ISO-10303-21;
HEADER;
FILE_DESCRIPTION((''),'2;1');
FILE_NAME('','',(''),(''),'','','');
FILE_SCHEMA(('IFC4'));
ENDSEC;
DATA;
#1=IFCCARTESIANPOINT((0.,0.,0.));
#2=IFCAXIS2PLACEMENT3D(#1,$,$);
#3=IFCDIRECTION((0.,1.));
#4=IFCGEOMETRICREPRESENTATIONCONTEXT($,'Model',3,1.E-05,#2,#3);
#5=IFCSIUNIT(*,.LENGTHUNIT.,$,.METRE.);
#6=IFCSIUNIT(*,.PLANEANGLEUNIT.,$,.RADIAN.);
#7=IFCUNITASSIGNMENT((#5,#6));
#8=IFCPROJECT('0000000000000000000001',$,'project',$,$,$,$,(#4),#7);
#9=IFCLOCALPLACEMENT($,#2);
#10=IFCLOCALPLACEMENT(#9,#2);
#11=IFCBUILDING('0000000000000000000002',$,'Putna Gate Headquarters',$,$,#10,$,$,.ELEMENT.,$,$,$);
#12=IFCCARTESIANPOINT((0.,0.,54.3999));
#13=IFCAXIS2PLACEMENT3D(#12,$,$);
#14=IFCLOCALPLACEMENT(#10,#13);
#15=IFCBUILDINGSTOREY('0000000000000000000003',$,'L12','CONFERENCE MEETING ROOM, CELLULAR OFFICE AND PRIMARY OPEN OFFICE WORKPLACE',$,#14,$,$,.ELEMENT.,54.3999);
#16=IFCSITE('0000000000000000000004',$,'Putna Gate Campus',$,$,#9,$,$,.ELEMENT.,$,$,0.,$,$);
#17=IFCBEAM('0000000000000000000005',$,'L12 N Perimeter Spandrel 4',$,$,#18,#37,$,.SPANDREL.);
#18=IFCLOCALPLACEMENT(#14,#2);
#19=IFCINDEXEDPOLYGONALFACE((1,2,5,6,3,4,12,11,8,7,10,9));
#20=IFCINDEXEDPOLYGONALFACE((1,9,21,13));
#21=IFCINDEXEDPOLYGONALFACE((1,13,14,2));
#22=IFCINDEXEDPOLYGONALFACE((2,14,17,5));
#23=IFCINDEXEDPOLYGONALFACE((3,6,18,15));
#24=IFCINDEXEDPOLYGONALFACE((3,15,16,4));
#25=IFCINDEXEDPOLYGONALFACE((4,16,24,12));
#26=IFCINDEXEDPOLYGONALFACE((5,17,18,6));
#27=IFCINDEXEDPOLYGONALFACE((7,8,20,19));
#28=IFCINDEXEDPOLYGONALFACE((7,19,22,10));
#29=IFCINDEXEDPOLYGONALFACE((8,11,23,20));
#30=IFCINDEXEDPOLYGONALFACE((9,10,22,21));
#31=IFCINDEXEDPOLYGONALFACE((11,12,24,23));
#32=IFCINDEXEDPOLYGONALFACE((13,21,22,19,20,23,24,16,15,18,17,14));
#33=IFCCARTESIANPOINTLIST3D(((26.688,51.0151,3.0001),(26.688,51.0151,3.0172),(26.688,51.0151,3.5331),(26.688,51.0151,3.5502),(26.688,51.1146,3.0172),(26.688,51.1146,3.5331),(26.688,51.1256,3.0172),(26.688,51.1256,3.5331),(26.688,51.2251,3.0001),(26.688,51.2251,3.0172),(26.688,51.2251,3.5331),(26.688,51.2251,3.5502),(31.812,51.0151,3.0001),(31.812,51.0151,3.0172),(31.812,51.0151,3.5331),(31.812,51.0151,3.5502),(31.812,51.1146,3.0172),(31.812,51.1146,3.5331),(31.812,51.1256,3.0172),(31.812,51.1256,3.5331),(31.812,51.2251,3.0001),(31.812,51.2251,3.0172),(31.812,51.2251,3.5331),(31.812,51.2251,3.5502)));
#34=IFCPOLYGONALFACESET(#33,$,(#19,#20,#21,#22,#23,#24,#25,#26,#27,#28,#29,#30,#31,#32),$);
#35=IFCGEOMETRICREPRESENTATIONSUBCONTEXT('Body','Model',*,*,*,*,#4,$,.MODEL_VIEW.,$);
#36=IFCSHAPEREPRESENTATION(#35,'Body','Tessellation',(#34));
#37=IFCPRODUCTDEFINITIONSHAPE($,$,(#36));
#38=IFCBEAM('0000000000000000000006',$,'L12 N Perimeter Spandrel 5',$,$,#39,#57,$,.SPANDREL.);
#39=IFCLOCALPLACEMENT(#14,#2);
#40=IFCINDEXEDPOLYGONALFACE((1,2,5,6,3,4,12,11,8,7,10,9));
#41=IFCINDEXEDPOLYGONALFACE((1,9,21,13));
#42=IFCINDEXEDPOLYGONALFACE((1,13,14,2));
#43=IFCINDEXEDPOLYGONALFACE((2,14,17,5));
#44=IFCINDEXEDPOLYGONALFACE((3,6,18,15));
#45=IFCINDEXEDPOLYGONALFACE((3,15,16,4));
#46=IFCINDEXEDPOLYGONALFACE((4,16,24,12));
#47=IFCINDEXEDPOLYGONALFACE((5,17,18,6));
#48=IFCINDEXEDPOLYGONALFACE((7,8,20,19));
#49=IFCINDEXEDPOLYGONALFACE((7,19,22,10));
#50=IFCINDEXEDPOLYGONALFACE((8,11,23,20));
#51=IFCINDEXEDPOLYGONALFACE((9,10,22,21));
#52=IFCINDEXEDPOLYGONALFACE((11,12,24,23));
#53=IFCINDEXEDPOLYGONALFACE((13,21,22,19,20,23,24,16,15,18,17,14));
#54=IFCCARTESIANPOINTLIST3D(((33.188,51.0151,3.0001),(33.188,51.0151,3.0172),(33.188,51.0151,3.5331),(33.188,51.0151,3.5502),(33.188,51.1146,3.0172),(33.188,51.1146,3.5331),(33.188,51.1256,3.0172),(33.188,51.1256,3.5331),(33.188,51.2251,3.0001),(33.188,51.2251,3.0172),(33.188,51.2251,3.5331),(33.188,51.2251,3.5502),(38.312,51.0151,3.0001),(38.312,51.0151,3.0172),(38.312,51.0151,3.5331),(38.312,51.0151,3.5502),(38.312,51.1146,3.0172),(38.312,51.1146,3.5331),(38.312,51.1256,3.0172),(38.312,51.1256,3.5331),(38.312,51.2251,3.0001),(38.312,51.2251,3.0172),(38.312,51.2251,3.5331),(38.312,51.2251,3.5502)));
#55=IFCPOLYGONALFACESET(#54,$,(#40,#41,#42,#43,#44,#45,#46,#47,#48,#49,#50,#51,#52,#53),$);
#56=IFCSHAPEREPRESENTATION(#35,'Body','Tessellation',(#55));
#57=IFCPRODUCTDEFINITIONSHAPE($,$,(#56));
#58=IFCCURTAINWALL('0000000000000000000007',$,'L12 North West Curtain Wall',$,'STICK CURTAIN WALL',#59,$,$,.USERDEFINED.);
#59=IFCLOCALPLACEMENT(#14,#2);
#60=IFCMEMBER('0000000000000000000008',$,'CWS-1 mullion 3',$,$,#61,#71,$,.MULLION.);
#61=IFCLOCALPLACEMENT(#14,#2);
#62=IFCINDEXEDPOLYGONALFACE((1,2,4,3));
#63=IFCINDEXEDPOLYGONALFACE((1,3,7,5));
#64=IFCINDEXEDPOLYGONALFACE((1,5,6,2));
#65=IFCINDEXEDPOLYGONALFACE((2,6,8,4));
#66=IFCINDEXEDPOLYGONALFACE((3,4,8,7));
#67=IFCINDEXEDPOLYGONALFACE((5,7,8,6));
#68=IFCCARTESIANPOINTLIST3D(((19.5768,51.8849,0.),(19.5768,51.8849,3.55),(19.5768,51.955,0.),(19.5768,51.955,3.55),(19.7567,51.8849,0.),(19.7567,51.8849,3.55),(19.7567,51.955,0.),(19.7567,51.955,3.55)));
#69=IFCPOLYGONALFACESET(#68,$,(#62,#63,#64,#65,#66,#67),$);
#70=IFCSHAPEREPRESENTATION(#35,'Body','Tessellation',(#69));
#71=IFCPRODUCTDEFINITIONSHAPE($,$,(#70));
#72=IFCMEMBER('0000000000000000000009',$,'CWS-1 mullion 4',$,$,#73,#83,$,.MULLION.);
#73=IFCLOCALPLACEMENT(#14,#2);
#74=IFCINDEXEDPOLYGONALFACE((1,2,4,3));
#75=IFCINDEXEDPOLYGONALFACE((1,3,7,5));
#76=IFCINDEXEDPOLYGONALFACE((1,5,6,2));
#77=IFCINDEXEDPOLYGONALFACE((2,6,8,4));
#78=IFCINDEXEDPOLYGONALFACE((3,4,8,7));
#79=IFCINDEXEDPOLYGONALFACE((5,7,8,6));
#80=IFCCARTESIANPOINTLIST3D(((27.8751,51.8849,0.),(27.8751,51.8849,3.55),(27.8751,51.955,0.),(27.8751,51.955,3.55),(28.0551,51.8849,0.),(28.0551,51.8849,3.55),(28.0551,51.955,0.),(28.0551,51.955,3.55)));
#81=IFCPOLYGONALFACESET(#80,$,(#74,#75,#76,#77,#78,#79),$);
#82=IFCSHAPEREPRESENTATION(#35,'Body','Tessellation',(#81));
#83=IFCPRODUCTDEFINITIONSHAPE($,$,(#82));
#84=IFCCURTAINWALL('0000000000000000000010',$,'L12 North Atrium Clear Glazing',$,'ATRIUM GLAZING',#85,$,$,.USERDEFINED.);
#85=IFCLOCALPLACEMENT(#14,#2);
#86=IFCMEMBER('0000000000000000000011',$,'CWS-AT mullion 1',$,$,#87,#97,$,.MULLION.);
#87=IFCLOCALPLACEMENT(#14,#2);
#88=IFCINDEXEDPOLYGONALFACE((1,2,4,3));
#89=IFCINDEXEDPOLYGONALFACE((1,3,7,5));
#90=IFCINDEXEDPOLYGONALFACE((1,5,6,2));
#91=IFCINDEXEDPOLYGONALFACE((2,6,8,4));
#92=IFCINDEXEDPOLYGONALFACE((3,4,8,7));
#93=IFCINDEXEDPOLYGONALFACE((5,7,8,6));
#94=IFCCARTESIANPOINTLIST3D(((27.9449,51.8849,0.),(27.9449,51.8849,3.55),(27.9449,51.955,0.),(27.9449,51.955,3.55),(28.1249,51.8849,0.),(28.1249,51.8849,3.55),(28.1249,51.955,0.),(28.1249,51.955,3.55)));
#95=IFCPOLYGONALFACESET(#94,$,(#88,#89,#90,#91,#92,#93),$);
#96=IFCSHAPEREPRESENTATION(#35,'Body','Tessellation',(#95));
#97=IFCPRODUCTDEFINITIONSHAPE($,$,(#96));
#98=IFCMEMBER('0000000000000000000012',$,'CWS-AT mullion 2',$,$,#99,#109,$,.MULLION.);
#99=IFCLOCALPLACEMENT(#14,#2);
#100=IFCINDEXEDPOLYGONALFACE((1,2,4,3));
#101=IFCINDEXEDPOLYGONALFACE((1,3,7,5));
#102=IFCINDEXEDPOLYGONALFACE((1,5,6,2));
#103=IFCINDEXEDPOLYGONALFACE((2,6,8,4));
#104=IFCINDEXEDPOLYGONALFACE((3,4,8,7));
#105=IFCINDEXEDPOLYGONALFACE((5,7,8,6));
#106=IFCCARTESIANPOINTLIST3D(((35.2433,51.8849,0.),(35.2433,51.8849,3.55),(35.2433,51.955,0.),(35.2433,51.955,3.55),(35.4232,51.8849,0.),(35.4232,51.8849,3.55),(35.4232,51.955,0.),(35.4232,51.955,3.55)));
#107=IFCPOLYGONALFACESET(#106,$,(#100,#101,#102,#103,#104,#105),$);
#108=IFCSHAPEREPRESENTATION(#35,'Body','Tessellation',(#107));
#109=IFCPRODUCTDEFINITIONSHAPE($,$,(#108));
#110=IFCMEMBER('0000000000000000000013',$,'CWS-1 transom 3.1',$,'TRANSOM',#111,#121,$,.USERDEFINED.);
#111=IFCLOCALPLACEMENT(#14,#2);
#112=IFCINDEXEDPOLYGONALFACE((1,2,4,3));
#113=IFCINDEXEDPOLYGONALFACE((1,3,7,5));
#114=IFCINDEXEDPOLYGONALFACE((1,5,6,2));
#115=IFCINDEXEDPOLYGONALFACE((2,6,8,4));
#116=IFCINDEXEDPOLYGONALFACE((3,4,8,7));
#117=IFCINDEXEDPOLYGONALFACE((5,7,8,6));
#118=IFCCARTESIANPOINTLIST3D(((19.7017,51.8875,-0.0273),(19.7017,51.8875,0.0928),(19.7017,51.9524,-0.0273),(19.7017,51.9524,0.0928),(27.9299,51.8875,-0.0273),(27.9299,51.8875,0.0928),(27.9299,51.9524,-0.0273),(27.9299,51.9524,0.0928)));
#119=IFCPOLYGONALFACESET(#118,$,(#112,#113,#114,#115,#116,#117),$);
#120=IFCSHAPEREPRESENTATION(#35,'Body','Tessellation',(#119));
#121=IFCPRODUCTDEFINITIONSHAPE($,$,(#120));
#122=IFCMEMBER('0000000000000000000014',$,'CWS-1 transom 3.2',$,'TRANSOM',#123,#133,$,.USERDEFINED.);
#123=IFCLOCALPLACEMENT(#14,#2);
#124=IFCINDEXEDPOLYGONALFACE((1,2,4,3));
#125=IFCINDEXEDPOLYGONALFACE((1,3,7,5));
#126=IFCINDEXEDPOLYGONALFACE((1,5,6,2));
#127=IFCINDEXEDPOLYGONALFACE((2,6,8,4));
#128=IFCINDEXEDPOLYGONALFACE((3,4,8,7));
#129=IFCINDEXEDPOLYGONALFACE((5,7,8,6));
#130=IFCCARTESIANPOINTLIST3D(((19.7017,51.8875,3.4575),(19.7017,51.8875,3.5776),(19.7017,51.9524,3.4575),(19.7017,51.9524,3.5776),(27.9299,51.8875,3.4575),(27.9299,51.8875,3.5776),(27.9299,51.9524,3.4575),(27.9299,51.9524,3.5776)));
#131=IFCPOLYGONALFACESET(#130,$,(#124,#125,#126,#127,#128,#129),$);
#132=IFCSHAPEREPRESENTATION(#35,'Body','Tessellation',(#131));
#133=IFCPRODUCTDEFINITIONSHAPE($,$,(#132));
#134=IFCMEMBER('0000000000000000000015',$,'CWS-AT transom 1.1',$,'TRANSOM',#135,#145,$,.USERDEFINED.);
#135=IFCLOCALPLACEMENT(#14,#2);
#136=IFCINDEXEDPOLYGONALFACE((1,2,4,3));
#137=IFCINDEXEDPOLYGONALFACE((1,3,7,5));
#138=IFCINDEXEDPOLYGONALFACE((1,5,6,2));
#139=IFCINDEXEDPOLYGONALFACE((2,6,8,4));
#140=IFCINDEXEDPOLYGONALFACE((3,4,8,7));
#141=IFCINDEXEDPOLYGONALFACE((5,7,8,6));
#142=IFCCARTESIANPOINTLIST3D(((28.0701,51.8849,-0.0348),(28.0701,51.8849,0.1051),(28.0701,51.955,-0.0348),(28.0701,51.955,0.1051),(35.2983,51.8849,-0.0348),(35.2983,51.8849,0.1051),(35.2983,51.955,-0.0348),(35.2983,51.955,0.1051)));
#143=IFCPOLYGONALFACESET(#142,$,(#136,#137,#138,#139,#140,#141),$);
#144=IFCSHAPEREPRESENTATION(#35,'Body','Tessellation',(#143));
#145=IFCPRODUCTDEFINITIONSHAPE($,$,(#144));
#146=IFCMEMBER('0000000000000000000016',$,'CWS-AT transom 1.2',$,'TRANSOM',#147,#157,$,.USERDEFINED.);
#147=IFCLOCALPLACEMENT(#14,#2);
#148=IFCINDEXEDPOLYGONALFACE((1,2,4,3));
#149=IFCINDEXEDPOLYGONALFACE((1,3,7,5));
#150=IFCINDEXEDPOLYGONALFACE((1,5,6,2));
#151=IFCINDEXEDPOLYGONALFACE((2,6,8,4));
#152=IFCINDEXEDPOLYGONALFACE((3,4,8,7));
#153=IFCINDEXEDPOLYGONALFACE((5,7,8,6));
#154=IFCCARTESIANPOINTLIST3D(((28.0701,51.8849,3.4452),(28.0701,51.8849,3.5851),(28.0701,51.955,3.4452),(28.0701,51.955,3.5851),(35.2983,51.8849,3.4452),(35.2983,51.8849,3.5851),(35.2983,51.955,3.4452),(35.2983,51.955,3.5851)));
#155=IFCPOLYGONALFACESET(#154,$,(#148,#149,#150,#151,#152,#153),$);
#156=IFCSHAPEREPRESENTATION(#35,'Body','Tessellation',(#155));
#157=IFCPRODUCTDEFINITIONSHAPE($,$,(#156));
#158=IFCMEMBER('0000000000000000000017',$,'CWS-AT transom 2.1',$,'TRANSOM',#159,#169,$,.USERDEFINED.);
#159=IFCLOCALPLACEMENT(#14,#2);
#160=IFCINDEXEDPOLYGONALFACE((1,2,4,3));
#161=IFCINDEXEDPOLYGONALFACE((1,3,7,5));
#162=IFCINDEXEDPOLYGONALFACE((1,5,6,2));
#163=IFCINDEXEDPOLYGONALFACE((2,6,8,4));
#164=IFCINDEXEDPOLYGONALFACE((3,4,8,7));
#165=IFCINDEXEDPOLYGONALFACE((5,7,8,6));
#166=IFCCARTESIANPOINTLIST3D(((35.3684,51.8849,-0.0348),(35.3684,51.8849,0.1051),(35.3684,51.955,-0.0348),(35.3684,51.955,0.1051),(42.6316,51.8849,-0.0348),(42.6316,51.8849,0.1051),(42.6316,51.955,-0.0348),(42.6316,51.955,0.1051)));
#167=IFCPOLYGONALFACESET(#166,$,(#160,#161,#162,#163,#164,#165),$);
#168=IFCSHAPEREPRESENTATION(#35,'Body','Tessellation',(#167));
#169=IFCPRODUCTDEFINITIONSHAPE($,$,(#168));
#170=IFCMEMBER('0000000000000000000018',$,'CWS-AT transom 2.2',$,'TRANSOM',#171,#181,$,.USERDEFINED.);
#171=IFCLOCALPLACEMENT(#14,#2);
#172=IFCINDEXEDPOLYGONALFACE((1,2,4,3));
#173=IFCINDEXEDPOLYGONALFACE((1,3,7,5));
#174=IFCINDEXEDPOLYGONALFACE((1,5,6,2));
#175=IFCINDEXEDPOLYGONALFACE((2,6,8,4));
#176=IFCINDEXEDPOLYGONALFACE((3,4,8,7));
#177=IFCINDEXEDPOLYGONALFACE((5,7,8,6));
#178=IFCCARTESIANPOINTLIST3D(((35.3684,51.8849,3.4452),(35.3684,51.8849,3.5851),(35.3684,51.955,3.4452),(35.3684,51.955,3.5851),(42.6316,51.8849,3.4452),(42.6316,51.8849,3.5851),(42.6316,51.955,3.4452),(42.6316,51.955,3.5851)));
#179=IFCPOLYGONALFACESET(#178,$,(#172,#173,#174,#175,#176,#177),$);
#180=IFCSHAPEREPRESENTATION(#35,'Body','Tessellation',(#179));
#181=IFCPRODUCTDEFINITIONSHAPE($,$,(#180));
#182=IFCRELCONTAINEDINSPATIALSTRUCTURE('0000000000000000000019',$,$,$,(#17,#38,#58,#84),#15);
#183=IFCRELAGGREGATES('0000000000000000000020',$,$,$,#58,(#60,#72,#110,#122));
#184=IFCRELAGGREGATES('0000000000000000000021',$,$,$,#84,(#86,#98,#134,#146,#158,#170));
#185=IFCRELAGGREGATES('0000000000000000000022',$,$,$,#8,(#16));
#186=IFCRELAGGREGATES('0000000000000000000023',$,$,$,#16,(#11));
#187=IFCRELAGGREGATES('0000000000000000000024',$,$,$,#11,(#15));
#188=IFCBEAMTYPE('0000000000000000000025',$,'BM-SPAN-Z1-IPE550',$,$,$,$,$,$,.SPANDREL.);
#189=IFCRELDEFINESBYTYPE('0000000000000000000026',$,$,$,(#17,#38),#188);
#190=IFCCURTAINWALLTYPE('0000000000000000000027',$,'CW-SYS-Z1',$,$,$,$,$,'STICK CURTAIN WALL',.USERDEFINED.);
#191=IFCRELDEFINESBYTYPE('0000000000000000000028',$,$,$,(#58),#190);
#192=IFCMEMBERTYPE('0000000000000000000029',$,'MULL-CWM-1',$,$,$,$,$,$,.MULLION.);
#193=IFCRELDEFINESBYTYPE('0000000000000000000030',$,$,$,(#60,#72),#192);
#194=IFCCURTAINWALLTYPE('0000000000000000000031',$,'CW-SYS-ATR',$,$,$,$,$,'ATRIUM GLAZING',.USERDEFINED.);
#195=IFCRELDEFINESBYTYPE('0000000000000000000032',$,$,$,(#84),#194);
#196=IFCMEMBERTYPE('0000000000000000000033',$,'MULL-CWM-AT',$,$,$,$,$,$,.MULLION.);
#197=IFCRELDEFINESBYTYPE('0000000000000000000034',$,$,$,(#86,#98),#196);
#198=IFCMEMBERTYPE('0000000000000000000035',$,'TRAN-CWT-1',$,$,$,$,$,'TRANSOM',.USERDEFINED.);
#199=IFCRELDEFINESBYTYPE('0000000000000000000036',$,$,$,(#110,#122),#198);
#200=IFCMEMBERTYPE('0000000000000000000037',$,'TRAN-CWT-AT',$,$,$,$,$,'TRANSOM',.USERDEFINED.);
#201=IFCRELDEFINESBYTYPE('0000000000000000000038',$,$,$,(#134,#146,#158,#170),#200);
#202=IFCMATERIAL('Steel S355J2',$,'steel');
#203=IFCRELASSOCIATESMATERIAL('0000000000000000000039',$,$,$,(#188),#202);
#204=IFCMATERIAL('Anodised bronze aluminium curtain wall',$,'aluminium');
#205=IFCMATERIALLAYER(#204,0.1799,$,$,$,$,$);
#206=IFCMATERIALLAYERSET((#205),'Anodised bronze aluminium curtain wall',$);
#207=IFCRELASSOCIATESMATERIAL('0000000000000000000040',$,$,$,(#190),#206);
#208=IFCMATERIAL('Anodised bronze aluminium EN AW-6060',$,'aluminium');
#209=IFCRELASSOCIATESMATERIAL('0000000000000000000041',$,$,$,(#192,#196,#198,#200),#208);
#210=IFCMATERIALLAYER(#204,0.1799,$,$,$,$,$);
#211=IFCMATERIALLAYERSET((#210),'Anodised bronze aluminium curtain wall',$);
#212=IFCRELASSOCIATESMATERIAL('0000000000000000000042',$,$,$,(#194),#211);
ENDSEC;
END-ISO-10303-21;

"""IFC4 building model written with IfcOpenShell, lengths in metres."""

from ifc_helpers import new_model, si_unit, direction, frame, origin, origin_2d, place, context, subcontext, project, spatial, rectangle, i_section, extrude, material, layer, layer_set, material_profile, profile_set, type_object, element, aggregate, save


model = new_model("IFC4")

# Units and contexts
model_context = context("Model", 3, precision=1e-05, world=origin(), true_north=direction((0.0, 1.0)))
body_context = subcontext(model_context, "Body", "Model", "MODEL_VIEW")
ifc_project = project(units=[si_unit("LENGTHUNIT", "METRE"), si_unit("PLANEANGLEUNIT", "RADIAN")], contexts=[model_context])

# Site, building, storey
site_placement = place(None, origin())
site = spatial("IfcSite", under=ifc_project, at=site_placement, Name="Putna Gate Campus", CompositionType="ELEMENT", RefElevation=0.0)
building_placement = place(site_placement, origin())
building = spatial("IfcBuilding", under=site, at=building_placement, Name="Putna Gate Headquarters", CompositionType="ELEMENT")
storey_placement = place(building_placement, frame((0.0, 0.0, 54.3999)))
storey = spatial("IfcBuildingStorey", under=building, at=storey_placement, Name="L12", Description="CONFERENCE MEETING ROOM, CELLULAR OFFICE AND PRIMARY OPEN OFFICE WORKPLACE", CompositionType="ELEMENT", Elevation=54.3999)

# Beams
ifc_material_1 = material(Name="Steel S355J2", Category="steel")
ifc_material_profile_1 = material_profile(ifc_material_1, i_section(OverallWidth=0.21, OverallDepth=0.55, WebThickness=0.011, FlangeThickness=0.0171, at=origin_2d()), Name="Steel S355J2")
ifc_profile_set_1 = profile_set([ifc_material_profile_1], Name="Steel S355J2")
beam_type_1 = type_object("IfcBeamType", Name="BM-SPAN-Z1-IPE550", PredefinedType="SPANDREL", material=ifc_profile_set_1)
for number, where, z_axis, x_axis, name in (
    (1, (26.688, 51.1201, 3.2751), (1.0, 0.0, 0.0), (0.0, 1.0, 0.0), "L12 N Perimeter Spandrel 4"),
    (2, (33.188, 51.1201, 3.2751), (1.0, 0.0, 0.0), (0.0, 1.0, 0.0), "L12 N Perimeter Spandrel 5"),
):
    element("IfcBeam", number, at=place(storey_placement, frame(where, z_axis=z_axis, x_axis=x_axis)), inside=storey, type_object=beam_type_1, Name=name, PredefinedType="SPANDREL", context=body_context, shape_type="SweptSolid", body=[
        extrude(i_section(OverallWidth=0.21, OverallDepth=0.55, WebThickness=0.011, FlangeThickness=0.0171, at=origin_2d()), origin(), (0.0, 0.0, 1.0), 5.124),
    ])

# Curtain walls, members
ifc_material_2 = material(Name="Anodised bronze aluminium curtain wall", Category="aluminium")
ifc_layer_1 = layer(ifc_material_2, 0.1799)
ifc_layer_set_1 = layer_set([ifc_layer_1], Name="Anodised bronze aluminium curtain wall")
curtain_wall_type_1 = type_object("IfcCurtainWallType", Name="CW-SYS-Z1", ElementType="STICK CURTAIN WALL", PredefinedType="USERDEFINED", material=ifc_layer_set_1)
curtain_wall_1_placement = place(storey_placement, origin())
curtain_wall_1 = element("IfcCurtainWall", 3, at=curtain_wall_1_placement, inside=storey, type_object=curtain_wall_type_1, Name="L12 North West Curtain Wall", ObjectType="STICK CURTAIN WALL", PredefinedType="USERDEFINED")
ifc_material_3 = material(Name="Anodised bronze aluminium EN AW-6060", Category="aluminium")
ifc_material_profile_2 = material_profile(ifc_material_3, rectangle(XDim=0.0701, YDim=0.1799, at=origin_2d()), Name="Anodised bronze aluminium EN AW-6060")
ifc_profile_set_2 = profile_set([ifc_material_profile_2], Name="Anodised bronze aluminium EN AW-6060")
member_type_1 = type_object("IfcMemberType", Name="MULL-CWM-1", PredefinedType="MULLION", material=ifc_profile_set_2)
member_1_placement = place(storey_placement, frame((19.6667, 51.9199, 0.0), z_axis=(0.0, 0.0, 1.0), x_axis=(0.0, 1.0, 0.0)))
member_1 = element("IfcMember", 4, at=member_1_placement, type_object=member_type_1, Name="CWS-1 mullion 3", PredefinedType="MULLION", context=body_context, shape_type="SweptSolid", body=[
    extrude(rectangle(XDim=0.0701, YDim=0.1799, at=origin_2d()), origin(), (0.0, 0.0, 1.0), 3.55),
])
member_2_placement = place(storey_placement, frame((27.9651, 51.9199, 0.0), z_axis=(0.0, 0.0, 1.0), x_axis=(0.0, 1.0, 0.0)))
member_2 = element("IfcMember", 5, at=member_2_placement, type_object=member_type_1, Name="CWS-1 mullion 4", PredefinedType="MULLION", context=body_context, shape_type="SweptSolid", body=[
    extrude(rectangle(XDim=0.0701, YDim=0.1799, at=origin_2d()), origin(), (0.0, 0.0, 1.0), 3.55),
])
ifc_layer_2 = layer(ifc_material_2, 0.1799)
ifc_layer_set_2 = layer_set([ifc_layer_2], Name="Anodised bronze aluminium curtain wall")
curtain_wall_type_2 = type_object("IfcCurtainWallType", Name="CW-SYS-ATR", ElementType="ATRIUM GLAZING", PredefinedType="USERDEFINED", material=ifc_layer_set_2)
curtain_wall_2_placement = place(storey_placement, origin())
curtain_wall_2 = element("IfcCurtainWall", 6, at=curtain_wall_2_placement, inside=storey, type_object=curtain_wall_type_2, Name="L12 North Atrium Clear Glazing", ObjectType="ATRIUM GLAZING", PredefinedType="USERDEFINED")
ifc_material_profile_3 = material_profile(ifc_material_3, rectangle(XDim=0.0701, YDim=0.1799, at=origin_2d()), Name="Anodised bronze aluminium EN AW-6060")
ifc_profile_set_3 = profile_set([ifc_material_profile_3], Name="Anodised bronze aluminium EN AW-6060")
member_type_2 = type_object("IfcMemberType", Name="MULL-CWM-AT", PredefinedType="MULLION", material=ifc_profile_set_3)
member_3_placement = place(storey_placement, frame((28.0349, 51.9199, 0.0), z_axis=(0.0, 0.0, 1.0), x_axis=(0.0, 1.0, 0.0)))
member_3 = element("IfcMember", 7, at=member_3_placement, type_object=member_type_2, Name="CWS-AT mullion 1", PredefinedType="MULLION", context=body_context, shape_type="SweptSolid", body=[
    extrude(rectangle(XDim=0.0701, YDim=0.1799, at=origin_2d()), origin(), (0.0, 0.0, 1.0), 3.55),
])
member_4_placement = place(storey_placement, frame((35.3333, 51.9199, 0.0), z_axis=(0.0, 0.0, 1.0), x_axis=(0.0, 1.0, 0.0)))
member_4 = element("IfcMember", 8, at=member_4_placement, type_object=member_type_2, Name="CWS-AT mullion 2", PredefinedType="MULLION", context=body_context, shape_type="SweptSolid", body=[
    extrude(rectangle(XDim=0.0701, YDim=0.1799, at=origin_2d()), origin(), (0.0, 0.0, 1.0), 3.55),
])

# Members
ifc_material_profile_4 = material_profile(ifc_material_3, rectangle(XDim=0.0649, YDim=0.1201, at=origin_2d()), Name="Anodised bronze aluminium EN AW-6060")
ifc_profile_set_4 = profile_set([ifc_material_profile_4], Name="Anodised bronze aluminium EN AW-6060")
member_type_3 = type_object("IfcMemberType", Name="TRAN-CWT-1", ElementType="TRANSOM", PredefinedType="USERDEFINED", material=ifc_profile_set_4)
member_5_placement = place(storey_placement, frame((19.7017, 51.9199, 0.0327), z_axis=(1.0, 0.0, 0.0), x_axis=(0.0, 1.0, 0.0)))
member_5 = element("IfcMember", 9, at=member_5_placement, type_object=member_type_3, Name="CWS-1 transom 3.1", ObjectType="TRANSOM", PredefinedType="USERDEFINED", context=body_context, shape_type="SweptSolid", body=[
    extrude(rectangle(XDim=0.0649, YDim=0.1201, at=origin_2d()), origin(), (0.0, 0.0, 1.0), 8.2283),
])
member_6_placement = place(storey_placement, frame((19.7017, 51.9199, 3.5176), z_axis=(1.0, 0.0, 0.0), x_axis=(0.0, 1.0, 0.0)))
member_6 = element("IfcMember", 10, at=member_6_placement, type_object=member_type_3, Name="CWS-1 transom 3.2", ObjectType="TRANSOM", PredefinedType="USERDEFINED", context=body_context, shape_type="SweptSolid", body=[
    extrude(rectangle(XDim=0.0649, YDim=0.1201, at=origin_2d()), origin(), (0.0, 0.0, 1.0), 8.2283),
])
ifc_material_profile_5 = material_profile(ifc_material_3, rectangle(XDim=0.0701, YDim=0.1399, at=origin_2d()), Name="Anodised bronze aluminium EN AW-6060")
ifc_profile_set_5 = profile_set([ifc_material_profile_5], Name="Anodised bronze aluminium EN AW-6060")
member_type_4 = type_object("IfcMemberType", Name="TRAN-CWT-AT", ElementType="TRANSOM", PredefinedType="USERDEFINED", material=ifc_profile_set_5)
member_7_placement = place(storey_placement, frame((28.0701, 51.9199, 0.0352), z_axis=(1.0, 0.0, 0.0), x_axis=(0.0, 1.0, 0.0)))
member_7 = element("IfcMember", 11, at=member_7_placement, type_object=member_type_4, Name="CWS-AT transom 1.1", ObjectType="TRANSOM", PredefinedType="USERDEFINED", context=body_context, shape_type="SweptSolid", body=[
    extrude(rectangle(XDim=0.0701, YDim=0.1399, at=origin_2d()), origin(), (0.0, 0.0, 1.0), 7.2283),
])
member_8_placement = place(storey_placement, frame((28.0701, 51.9199, 3.5151), z_axis=(1.0, 0.0, 0.0), x_axis=(0.0, 1.0, 0.0)))
member_8 = element("IfcMember", 12, at=member_8_placement, type_object=member_type_4, Name="CWS-AT transom 1.2", ObjectType="TRANSOM", PredefinedType="USERDEFINED", context=body_context, shape_type="SweptSolid", body=[
    extrude(rectangle(XDim=0.0701, YDim=0.1399, at=origin_2d()), origin(), (0.0, 0.0, 1.0), 7.2283),
])
member_9_placement = place(storey_placement, frame((35.3684, 51.9199, 0.0352), z_axis=(1.0, 0.0, 0.0), x_axis=(0.0, 1.0, 0.0)))
member_9 = element("IfcMember", 13, at=member_9_placement, type_object=member_type_4, Name="CWS-AT transom 2.1", ObjectType="TRANSOM", PredefinedType="USERDEFINED", context=body_context, shape_type="SweptSolid", body=[
    extrude(rectangle(XDim=0.0701, YDim=0.1399, at=origin_2d()), origin(), (0.0, 0.0, 1.0), 7.2632),
])
member_10_placement = place(storey_placement, frame((35.3684, 51.9199, 3.5151), z_axis=(1.0, 0.0, 0.0), x_axis=(0.0, 1.0, 0.0)))
member_10 = element("IfcMember", 14, at=member_10_placement, type_object=member_type_4, Name="CWS-AT transom 2.2", ObjectType="TRANSOM", PredefinedType="USERDEFINED", context=body_context, shape_type="SweptSolid", body=[
    extrude(rectangle(XDim=0.0701, YDim=0.1399, at=origin_2d()), origin(), (0.0, 0.0, 1.0), 7.2632),
])

aggregate(curtain_wall_1, [member_1, member_2, member_5, member_6])
aggregate(curtain_wall_2, [member_3, member_4, member_7, member_8, member_9, member_10])

save(model, "model.ifc")
